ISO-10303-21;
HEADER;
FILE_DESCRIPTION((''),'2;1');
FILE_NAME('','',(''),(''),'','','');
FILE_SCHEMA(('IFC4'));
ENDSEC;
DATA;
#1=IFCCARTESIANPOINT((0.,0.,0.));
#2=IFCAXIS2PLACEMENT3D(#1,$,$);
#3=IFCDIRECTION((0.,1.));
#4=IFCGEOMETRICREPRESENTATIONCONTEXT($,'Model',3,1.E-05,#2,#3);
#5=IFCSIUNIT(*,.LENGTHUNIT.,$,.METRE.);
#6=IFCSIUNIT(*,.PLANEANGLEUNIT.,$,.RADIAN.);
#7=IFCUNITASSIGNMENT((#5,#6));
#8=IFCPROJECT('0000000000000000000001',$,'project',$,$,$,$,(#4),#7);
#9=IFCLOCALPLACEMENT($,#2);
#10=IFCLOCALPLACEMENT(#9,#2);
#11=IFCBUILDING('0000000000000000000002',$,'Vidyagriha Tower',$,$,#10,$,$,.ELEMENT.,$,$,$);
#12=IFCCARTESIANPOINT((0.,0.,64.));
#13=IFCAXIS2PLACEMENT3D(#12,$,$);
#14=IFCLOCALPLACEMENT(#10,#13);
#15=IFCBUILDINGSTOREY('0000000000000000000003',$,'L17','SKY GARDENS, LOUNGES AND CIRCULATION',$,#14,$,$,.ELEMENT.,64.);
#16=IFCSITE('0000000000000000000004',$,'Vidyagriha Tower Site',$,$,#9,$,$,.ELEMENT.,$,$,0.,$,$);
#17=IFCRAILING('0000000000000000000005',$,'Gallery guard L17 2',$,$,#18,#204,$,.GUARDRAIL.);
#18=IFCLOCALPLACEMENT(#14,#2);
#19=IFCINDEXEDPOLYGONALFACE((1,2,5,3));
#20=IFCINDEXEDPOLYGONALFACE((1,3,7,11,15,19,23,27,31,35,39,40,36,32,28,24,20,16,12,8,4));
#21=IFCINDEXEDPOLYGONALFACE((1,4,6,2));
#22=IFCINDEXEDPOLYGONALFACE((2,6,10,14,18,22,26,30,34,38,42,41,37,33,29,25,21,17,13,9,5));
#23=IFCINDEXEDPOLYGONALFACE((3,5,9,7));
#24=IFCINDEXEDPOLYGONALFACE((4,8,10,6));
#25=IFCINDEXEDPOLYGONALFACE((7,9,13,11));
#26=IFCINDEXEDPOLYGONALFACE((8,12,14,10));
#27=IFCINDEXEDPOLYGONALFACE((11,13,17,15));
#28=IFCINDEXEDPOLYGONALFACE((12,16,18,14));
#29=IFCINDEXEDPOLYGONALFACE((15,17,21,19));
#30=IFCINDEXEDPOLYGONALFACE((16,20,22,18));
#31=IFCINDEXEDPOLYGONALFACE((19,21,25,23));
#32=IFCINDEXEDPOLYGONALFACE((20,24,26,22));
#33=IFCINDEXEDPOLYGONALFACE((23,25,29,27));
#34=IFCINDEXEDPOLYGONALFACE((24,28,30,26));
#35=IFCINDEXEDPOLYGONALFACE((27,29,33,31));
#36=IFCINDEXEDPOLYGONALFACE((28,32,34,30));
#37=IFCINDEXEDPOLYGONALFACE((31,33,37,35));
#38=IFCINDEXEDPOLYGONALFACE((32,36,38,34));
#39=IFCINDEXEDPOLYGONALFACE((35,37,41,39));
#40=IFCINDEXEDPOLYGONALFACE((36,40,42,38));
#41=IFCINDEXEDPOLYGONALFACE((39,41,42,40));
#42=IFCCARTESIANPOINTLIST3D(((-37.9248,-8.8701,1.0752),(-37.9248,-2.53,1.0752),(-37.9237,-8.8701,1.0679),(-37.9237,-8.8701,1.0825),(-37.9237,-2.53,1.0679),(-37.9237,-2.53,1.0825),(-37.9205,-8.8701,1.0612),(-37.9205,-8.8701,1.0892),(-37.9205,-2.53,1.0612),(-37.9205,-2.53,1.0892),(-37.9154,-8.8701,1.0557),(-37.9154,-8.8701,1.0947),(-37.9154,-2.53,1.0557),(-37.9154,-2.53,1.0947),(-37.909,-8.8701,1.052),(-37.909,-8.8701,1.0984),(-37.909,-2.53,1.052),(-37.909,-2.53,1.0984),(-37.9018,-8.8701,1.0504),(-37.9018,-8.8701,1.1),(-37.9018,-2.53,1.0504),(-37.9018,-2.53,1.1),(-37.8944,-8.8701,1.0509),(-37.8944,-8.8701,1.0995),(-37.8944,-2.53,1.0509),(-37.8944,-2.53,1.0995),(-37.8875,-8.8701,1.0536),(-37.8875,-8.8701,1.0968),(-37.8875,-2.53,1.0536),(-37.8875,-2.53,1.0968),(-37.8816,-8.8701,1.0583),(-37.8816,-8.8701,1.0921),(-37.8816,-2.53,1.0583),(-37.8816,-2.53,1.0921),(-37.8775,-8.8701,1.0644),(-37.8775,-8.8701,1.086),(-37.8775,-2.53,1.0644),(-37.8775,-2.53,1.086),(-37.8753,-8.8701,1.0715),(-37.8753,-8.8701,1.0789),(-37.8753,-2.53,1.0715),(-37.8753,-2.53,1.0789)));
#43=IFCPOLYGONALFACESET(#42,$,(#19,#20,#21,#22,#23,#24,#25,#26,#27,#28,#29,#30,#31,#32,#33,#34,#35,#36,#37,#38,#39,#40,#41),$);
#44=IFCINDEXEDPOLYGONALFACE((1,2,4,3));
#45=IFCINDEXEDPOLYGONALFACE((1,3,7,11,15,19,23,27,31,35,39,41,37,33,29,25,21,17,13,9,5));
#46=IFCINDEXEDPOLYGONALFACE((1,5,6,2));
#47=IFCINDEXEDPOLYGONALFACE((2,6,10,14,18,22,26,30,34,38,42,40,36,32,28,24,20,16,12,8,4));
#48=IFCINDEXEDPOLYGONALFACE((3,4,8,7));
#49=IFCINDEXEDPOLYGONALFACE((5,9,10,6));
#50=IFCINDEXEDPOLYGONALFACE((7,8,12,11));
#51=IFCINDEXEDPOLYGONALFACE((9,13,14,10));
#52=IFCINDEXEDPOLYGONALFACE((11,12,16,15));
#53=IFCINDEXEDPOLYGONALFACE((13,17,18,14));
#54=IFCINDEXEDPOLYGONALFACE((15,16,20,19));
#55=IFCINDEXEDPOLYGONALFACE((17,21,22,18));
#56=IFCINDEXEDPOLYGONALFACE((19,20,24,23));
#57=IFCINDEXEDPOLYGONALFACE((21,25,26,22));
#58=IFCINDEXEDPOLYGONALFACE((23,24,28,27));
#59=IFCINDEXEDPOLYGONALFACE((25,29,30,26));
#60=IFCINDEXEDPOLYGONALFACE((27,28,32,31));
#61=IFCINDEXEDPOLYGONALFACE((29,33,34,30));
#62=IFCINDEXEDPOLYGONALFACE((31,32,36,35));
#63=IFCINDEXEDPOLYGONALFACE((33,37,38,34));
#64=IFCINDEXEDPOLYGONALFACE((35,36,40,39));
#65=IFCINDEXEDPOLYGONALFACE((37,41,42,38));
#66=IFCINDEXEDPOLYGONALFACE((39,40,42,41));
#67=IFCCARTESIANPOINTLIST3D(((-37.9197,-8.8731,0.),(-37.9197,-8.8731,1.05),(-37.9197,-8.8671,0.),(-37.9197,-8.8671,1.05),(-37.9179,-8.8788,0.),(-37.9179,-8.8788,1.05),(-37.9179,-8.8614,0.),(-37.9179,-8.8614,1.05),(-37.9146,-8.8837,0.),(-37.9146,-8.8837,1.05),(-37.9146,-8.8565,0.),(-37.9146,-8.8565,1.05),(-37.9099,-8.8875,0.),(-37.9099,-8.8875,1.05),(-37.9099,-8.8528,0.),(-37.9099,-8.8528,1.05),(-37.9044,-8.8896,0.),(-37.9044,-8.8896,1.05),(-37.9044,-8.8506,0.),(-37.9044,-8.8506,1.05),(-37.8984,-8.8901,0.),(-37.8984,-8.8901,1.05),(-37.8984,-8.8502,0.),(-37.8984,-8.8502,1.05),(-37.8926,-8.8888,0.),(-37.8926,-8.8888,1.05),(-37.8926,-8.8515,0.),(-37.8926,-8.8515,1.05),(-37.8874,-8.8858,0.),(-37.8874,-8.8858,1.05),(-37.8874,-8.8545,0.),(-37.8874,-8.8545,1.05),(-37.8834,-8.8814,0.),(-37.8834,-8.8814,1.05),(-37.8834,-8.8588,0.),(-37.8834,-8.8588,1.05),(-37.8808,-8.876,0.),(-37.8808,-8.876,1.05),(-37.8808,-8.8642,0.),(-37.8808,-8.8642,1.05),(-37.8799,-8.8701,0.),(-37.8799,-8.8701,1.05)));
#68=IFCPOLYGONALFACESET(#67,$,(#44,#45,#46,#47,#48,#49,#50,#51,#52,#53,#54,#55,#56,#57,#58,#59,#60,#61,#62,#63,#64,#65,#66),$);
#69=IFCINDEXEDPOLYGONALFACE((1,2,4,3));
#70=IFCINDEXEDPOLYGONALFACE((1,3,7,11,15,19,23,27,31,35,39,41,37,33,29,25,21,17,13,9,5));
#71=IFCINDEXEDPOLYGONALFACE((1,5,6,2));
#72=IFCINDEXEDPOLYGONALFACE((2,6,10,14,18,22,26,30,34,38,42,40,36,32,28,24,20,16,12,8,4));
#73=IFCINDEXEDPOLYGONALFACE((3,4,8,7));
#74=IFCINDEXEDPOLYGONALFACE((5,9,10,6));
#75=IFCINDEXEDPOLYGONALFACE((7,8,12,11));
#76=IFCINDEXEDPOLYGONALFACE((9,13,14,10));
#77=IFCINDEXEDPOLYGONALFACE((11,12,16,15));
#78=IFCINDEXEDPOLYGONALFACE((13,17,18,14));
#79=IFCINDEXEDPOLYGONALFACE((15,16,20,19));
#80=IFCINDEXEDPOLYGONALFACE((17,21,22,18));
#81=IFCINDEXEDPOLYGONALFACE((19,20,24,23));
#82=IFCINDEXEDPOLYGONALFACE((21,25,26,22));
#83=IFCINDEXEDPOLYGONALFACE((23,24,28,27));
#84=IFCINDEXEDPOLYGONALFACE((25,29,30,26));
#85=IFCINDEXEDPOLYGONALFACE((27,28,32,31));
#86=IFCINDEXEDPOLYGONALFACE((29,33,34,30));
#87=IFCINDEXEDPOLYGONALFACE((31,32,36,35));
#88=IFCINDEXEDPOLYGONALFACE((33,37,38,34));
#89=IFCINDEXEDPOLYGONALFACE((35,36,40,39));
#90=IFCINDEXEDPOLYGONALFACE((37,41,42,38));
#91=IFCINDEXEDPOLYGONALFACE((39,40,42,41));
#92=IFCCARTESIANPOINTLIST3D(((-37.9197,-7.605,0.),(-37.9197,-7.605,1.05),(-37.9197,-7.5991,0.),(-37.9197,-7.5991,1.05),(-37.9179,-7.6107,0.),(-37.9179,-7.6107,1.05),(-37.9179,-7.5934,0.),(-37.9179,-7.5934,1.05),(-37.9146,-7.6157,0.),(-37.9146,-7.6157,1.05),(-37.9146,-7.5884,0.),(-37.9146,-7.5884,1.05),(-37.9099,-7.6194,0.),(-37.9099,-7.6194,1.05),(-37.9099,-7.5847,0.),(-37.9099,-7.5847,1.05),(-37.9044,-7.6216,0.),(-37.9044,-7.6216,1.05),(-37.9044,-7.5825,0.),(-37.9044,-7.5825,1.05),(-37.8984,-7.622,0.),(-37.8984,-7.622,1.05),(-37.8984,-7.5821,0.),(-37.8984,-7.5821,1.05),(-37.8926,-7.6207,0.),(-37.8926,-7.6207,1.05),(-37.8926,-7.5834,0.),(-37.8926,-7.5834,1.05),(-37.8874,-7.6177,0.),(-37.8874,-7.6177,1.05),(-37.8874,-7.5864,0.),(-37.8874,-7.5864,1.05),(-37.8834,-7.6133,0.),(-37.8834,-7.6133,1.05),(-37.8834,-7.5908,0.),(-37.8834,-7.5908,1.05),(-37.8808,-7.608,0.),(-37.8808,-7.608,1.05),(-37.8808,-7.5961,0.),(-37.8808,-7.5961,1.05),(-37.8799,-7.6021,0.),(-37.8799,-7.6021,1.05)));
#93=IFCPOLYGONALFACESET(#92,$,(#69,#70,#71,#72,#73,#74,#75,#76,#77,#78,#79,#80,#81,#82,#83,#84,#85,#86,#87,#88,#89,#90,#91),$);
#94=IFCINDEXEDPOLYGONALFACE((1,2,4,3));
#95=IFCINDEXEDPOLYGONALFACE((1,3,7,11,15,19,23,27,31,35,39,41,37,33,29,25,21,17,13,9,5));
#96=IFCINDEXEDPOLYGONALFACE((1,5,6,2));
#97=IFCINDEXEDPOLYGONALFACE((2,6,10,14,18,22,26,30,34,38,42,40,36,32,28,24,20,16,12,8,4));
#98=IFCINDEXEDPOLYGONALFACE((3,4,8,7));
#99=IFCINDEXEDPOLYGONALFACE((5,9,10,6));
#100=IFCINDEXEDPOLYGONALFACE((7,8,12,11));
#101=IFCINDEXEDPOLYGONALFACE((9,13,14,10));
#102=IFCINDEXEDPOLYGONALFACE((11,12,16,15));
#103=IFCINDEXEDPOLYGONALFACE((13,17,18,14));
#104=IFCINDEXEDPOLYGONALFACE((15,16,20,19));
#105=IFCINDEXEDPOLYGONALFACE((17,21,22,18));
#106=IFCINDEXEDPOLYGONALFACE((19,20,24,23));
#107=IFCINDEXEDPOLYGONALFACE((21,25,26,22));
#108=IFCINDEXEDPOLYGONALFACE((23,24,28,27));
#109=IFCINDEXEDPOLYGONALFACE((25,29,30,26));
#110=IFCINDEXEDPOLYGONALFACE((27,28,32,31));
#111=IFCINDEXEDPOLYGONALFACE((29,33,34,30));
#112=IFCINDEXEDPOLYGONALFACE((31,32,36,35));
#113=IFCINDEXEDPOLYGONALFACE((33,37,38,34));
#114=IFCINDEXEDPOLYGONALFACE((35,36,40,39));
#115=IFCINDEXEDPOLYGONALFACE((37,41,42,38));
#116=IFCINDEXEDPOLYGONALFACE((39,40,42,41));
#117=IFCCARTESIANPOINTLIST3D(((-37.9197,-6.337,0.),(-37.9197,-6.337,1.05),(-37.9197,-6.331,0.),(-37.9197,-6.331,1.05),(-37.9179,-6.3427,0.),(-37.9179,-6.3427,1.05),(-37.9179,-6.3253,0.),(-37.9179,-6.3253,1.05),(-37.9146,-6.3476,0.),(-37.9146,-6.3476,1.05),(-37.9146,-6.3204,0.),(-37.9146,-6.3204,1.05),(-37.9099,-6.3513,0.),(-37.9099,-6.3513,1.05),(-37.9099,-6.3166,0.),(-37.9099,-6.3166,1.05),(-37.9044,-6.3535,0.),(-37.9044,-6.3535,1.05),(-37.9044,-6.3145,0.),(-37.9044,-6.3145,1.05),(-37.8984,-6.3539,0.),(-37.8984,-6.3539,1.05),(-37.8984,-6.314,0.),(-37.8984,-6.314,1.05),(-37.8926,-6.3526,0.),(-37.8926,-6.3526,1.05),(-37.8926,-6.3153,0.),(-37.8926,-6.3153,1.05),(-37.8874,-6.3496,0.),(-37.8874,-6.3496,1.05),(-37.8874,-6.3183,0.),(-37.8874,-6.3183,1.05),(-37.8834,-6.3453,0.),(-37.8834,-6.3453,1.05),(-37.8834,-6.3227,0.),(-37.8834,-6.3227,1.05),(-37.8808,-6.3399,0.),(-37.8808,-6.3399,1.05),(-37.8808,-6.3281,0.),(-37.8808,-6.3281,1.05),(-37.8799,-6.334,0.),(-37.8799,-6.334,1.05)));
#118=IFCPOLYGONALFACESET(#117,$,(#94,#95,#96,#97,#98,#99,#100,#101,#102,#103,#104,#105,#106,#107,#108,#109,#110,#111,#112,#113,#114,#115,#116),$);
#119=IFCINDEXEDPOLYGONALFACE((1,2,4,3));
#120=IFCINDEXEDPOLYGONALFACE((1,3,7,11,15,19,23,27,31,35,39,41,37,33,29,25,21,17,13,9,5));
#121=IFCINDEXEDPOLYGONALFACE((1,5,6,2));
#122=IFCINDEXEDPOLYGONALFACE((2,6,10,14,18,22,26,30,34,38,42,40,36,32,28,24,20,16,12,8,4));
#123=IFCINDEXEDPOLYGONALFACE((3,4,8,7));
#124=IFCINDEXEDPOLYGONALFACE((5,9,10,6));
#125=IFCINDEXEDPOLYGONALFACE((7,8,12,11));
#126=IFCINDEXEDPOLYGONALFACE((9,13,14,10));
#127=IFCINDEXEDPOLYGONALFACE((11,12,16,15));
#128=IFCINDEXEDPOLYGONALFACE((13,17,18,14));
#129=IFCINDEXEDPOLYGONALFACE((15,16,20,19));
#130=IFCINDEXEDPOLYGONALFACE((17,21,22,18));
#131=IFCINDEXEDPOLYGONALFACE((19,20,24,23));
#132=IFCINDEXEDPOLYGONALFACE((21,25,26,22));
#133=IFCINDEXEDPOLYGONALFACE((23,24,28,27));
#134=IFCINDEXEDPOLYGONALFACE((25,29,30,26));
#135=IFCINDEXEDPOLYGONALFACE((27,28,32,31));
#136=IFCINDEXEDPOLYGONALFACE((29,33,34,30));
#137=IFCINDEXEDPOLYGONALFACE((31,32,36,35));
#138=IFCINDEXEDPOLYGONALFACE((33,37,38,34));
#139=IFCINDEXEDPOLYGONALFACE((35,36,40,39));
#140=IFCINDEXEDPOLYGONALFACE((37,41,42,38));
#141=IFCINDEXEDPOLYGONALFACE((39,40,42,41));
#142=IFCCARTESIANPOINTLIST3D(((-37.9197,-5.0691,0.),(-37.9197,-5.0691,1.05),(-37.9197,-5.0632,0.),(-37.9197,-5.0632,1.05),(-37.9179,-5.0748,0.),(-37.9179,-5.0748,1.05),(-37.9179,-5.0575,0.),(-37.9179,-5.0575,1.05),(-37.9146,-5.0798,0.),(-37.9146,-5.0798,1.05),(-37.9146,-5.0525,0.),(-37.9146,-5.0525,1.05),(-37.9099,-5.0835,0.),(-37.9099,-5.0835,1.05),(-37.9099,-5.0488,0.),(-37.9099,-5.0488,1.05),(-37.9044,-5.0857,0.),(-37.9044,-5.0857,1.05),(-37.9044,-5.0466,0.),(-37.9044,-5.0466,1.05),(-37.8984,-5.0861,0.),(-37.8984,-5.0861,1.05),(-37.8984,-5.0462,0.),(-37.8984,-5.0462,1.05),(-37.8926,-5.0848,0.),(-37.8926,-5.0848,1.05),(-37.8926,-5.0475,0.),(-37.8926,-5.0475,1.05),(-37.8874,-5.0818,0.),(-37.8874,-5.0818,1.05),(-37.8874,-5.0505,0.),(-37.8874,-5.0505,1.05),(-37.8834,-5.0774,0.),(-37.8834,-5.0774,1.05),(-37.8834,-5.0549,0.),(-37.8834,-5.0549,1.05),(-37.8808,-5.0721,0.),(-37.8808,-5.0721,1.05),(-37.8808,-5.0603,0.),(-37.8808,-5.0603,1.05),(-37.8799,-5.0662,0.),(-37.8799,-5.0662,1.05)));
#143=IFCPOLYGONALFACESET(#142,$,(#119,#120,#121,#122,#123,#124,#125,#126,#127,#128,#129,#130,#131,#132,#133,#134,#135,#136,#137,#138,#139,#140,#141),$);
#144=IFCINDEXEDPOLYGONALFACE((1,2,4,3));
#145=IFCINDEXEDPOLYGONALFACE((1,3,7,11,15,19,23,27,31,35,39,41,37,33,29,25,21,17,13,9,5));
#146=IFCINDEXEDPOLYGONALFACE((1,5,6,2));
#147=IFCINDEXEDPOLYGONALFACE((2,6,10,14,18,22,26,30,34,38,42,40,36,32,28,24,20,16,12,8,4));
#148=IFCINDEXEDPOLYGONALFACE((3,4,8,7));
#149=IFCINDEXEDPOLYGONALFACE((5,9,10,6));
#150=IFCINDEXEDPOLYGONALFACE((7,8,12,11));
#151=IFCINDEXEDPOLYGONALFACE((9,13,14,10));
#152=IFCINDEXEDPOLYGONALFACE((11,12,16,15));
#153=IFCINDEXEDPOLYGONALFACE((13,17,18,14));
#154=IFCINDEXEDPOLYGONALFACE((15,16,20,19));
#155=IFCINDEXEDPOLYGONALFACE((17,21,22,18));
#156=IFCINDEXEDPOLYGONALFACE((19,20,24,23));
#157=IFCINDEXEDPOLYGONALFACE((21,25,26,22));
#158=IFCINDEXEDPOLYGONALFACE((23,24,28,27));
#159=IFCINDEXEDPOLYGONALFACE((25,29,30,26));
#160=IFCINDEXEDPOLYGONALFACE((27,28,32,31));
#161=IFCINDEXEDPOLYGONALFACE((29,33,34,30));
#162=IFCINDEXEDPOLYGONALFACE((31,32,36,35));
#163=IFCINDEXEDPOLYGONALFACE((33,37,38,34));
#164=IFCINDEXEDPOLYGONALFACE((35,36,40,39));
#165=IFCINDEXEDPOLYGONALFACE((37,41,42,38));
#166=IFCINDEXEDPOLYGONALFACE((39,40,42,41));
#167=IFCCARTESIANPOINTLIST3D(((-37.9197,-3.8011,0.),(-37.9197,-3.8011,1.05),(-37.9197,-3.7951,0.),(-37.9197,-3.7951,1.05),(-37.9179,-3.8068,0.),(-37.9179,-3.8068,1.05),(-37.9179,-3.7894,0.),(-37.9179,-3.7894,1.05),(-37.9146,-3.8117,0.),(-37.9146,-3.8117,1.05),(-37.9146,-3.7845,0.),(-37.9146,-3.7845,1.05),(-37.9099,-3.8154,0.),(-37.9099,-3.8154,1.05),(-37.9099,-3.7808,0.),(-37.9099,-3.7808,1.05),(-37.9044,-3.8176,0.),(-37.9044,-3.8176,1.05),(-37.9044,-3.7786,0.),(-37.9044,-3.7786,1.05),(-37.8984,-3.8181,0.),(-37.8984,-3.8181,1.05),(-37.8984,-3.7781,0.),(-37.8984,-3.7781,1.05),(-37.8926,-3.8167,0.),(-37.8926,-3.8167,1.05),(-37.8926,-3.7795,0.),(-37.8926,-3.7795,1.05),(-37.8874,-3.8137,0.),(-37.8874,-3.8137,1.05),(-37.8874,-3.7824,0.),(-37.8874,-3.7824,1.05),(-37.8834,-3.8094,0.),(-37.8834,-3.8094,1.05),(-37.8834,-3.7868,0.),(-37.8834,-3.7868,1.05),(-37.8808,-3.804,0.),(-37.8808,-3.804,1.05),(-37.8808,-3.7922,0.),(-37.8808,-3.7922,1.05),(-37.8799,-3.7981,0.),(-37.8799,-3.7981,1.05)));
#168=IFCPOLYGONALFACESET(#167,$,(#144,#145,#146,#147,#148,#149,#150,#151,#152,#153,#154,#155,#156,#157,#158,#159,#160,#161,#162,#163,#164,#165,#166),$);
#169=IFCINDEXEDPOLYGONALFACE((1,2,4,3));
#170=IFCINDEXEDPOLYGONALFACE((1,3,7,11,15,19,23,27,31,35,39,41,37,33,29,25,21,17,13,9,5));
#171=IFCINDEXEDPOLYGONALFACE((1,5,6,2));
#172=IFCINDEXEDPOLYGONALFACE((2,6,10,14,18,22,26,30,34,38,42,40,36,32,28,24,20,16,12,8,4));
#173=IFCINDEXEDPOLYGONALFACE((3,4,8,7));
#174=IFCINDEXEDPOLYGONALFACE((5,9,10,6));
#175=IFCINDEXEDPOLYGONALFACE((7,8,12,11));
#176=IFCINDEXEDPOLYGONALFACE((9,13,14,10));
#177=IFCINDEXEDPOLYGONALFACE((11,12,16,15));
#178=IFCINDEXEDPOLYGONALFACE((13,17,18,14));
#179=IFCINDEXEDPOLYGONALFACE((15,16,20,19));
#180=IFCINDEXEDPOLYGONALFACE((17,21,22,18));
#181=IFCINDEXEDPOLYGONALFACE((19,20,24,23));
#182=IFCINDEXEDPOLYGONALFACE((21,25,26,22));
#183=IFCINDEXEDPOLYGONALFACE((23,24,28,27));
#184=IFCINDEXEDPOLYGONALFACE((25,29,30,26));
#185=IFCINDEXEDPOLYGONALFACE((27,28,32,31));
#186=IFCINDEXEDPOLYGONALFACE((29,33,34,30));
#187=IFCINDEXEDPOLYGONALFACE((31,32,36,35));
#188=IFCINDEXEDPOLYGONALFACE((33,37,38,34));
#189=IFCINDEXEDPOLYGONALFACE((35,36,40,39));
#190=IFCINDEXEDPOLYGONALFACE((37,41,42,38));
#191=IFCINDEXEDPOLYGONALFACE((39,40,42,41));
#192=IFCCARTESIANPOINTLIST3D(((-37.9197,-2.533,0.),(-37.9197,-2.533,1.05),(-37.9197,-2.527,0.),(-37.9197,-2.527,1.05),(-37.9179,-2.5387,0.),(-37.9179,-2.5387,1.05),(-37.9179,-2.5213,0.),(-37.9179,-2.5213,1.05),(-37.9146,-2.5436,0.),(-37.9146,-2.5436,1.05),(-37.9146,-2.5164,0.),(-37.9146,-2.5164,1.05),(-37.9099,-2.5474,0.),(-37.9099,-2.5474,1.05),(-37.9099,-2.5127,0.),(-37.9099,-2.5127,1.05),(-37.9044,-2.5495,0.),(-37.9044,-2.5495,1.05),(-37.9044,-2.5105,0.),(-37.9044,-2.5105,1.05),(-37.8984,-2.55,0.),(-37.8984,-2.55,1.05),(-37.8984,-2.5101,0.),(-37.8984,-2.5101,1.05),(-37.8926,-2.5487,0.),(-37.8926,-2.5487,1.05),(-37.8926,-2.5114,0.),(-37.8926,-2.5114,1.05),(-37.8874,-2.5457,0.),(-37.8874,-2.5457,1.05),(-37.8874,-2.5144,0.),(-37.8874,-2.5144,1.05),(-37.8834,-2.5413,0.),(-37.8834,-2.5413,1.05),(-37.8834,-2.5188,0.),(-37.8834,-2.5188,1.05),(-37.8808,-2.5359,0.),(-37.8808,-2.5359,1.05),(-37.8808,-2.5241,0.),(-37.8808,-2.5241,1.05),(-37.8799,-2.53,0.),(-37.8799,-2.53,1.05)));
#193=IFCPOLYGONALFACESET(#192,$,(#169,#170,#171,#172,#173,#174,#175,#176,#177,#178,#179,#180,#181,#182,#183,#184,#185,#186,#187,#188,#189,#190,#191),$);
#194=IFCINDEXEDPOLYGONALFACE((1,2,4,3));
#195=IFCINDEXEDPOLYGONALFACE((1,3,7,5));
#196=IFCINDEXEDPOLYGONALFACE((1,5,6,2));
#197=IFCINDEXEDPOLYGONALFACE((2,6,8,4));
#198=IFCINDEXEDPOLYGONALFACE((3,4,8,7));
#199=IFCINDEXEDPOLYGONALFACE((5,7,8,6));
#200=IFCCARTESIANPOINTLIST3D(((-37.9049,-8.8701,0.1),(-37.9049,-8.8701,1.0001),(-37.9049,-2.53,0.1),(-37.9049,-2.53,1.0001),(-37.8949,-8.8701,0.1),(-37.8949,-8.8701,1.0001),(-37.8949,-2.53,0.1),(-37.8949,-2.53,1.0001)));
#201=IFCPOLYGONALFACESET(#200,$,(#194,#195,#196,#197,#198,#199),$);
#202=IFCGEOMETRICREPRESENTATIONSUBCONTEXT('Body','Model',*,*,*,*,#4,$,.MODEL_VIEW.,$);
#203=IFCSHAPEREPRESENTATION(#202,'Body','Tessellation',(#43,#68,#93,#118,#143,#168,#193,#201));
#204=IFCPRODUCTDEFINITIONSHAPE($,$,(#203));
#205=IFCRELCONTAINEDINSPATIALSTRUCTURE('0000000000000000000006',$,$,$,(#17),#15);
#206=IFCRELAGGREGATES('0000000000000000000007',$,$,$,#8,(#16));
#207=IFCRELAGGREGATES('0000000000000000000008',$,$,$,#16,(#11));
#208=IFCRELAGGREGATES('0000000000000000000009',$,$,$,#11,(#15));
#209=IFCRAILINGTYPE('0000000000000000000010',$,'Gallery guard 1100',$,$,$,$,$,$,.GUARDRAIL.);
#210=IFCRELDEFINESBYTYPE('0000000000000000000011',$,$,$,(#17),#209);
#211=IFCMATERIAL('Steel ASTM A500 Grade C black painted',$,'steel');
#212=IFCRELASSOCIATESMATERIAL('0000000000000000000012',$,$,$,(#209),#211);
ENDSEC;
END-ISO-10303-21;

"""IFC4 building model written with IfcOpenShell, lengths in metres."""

from ifc_helpers import new_model, si_unit, direction, frame, origin, origin_2d, place, context, subcontext, project, spatial, rectangle, circle, extrude, material, type_object, element, save


model = new_model("IFC4")

# Units and contexts
model_context = context("Model", 3, precision=1e-05, world=origin(), true_north=direction((0.0, 1.0)))
body_context = subcontext(model_context, "Body", "Model", "MODEL_VIEW")
ifc_project = project(units=[si_unit("LENGTHUNIT", "METRE"), si_unit("PLANEANGLEUNIT", "RADIAN")], contexts=[model_context])

# Site, building, storey
site_placement = place(None, origin())
site = spatial("IfcSite", under=ifc_project, at=site_placement, Name="Vidyagriha Tower Site", CompositionType="ELEMENT", RefElevation=0.0)
building_placement = place(site_placement, origin())
building = spatial("IfcBuilding", under=site, at=building_placement, Name="Vidyagriha Tower", CompositionType="ELEMENT")
storey_placement = place(building_placement, frame((0.0, 0.0, 64.0)))
storey = spatial("IfcBuildingStorey", under=building, at=storey_placement, Name="L17", Description="SKY GARDENS, LOUNGES AND CIRCULATION", CompositionType="ELEMENT", Elevation=64.0)

# Railing
ifc_material_1 = material(Name="Steel ASTM A500 Grade C black painted", Category="steel")
railing_type = type_object("IfcRailingType", Name="Gallery guard 1100", PredefinedType="GUARDRAIL", material=ifc_material_1)
railing_1_placement = place(storey_placement, frame((-37.8999, -8.8701, 0.0)))
element("IfcRailing", 1, at=railing_1_placement, inside=storey, type_object=railing_type, Name="Gallery guard L17 2", PredefinedType="GUARDRAIL", context=body_context, shape_type="SweptSolid", body=[
    extrude(circle(Radius=0.0249, at=origin_2d()), frame((0.0, 0.0, 1.0752), z_axis=(0.0, 1.0, 0.0), x_axis=(-1.0, 0.0, 0.0)), (0.0, 0.0, 1.0), 6.3401),
    extrude(circle(Radius=0.02, at=origin_2d()), origin(), (0.0, 0.0, 1.0), 1.05),
    extrude(circle(Radius=0.02, at=origin_2d()), frame((0.0, 1.2681, 0.0)), (0.0, 0.0, 1.0), 1.05),
    extrude(circle(Radius=0.02, at=origin_2d()), frame((0.0, 2.5361, 0.0)), (0.0, 0.0, 1.0), 1.05),
    extrude(circle(Radius=0.02, at=origin_2d()), frame((0.0, 3.804, 0.0)), (0.0, 0.0, 1.0), 1.05),
    extrude(circle(Radius=0.02, at=origin_2d()), frame((0.0, 5.072, 0.0)), (0.0, 0.0, 1.0), 1.05),
    extrude(circle(Radius=0.02, at=origin_2d()), frame((0.0, 6.3401, 0.0)), (0.0, 0.0, 1.0), 1.05),
    extrude(rectangle(XDim=0.01, YDim=0.9001, at=origin_2d()), frame((0.0, 0.0, 0.55), z_axis=(0.0, 1.0, 0.0), x_axis=(-1.0, 0.0, 0.0)), (0.0, 0.0, 1.0), 6.3401),
])

save(model, "model.ifc")
